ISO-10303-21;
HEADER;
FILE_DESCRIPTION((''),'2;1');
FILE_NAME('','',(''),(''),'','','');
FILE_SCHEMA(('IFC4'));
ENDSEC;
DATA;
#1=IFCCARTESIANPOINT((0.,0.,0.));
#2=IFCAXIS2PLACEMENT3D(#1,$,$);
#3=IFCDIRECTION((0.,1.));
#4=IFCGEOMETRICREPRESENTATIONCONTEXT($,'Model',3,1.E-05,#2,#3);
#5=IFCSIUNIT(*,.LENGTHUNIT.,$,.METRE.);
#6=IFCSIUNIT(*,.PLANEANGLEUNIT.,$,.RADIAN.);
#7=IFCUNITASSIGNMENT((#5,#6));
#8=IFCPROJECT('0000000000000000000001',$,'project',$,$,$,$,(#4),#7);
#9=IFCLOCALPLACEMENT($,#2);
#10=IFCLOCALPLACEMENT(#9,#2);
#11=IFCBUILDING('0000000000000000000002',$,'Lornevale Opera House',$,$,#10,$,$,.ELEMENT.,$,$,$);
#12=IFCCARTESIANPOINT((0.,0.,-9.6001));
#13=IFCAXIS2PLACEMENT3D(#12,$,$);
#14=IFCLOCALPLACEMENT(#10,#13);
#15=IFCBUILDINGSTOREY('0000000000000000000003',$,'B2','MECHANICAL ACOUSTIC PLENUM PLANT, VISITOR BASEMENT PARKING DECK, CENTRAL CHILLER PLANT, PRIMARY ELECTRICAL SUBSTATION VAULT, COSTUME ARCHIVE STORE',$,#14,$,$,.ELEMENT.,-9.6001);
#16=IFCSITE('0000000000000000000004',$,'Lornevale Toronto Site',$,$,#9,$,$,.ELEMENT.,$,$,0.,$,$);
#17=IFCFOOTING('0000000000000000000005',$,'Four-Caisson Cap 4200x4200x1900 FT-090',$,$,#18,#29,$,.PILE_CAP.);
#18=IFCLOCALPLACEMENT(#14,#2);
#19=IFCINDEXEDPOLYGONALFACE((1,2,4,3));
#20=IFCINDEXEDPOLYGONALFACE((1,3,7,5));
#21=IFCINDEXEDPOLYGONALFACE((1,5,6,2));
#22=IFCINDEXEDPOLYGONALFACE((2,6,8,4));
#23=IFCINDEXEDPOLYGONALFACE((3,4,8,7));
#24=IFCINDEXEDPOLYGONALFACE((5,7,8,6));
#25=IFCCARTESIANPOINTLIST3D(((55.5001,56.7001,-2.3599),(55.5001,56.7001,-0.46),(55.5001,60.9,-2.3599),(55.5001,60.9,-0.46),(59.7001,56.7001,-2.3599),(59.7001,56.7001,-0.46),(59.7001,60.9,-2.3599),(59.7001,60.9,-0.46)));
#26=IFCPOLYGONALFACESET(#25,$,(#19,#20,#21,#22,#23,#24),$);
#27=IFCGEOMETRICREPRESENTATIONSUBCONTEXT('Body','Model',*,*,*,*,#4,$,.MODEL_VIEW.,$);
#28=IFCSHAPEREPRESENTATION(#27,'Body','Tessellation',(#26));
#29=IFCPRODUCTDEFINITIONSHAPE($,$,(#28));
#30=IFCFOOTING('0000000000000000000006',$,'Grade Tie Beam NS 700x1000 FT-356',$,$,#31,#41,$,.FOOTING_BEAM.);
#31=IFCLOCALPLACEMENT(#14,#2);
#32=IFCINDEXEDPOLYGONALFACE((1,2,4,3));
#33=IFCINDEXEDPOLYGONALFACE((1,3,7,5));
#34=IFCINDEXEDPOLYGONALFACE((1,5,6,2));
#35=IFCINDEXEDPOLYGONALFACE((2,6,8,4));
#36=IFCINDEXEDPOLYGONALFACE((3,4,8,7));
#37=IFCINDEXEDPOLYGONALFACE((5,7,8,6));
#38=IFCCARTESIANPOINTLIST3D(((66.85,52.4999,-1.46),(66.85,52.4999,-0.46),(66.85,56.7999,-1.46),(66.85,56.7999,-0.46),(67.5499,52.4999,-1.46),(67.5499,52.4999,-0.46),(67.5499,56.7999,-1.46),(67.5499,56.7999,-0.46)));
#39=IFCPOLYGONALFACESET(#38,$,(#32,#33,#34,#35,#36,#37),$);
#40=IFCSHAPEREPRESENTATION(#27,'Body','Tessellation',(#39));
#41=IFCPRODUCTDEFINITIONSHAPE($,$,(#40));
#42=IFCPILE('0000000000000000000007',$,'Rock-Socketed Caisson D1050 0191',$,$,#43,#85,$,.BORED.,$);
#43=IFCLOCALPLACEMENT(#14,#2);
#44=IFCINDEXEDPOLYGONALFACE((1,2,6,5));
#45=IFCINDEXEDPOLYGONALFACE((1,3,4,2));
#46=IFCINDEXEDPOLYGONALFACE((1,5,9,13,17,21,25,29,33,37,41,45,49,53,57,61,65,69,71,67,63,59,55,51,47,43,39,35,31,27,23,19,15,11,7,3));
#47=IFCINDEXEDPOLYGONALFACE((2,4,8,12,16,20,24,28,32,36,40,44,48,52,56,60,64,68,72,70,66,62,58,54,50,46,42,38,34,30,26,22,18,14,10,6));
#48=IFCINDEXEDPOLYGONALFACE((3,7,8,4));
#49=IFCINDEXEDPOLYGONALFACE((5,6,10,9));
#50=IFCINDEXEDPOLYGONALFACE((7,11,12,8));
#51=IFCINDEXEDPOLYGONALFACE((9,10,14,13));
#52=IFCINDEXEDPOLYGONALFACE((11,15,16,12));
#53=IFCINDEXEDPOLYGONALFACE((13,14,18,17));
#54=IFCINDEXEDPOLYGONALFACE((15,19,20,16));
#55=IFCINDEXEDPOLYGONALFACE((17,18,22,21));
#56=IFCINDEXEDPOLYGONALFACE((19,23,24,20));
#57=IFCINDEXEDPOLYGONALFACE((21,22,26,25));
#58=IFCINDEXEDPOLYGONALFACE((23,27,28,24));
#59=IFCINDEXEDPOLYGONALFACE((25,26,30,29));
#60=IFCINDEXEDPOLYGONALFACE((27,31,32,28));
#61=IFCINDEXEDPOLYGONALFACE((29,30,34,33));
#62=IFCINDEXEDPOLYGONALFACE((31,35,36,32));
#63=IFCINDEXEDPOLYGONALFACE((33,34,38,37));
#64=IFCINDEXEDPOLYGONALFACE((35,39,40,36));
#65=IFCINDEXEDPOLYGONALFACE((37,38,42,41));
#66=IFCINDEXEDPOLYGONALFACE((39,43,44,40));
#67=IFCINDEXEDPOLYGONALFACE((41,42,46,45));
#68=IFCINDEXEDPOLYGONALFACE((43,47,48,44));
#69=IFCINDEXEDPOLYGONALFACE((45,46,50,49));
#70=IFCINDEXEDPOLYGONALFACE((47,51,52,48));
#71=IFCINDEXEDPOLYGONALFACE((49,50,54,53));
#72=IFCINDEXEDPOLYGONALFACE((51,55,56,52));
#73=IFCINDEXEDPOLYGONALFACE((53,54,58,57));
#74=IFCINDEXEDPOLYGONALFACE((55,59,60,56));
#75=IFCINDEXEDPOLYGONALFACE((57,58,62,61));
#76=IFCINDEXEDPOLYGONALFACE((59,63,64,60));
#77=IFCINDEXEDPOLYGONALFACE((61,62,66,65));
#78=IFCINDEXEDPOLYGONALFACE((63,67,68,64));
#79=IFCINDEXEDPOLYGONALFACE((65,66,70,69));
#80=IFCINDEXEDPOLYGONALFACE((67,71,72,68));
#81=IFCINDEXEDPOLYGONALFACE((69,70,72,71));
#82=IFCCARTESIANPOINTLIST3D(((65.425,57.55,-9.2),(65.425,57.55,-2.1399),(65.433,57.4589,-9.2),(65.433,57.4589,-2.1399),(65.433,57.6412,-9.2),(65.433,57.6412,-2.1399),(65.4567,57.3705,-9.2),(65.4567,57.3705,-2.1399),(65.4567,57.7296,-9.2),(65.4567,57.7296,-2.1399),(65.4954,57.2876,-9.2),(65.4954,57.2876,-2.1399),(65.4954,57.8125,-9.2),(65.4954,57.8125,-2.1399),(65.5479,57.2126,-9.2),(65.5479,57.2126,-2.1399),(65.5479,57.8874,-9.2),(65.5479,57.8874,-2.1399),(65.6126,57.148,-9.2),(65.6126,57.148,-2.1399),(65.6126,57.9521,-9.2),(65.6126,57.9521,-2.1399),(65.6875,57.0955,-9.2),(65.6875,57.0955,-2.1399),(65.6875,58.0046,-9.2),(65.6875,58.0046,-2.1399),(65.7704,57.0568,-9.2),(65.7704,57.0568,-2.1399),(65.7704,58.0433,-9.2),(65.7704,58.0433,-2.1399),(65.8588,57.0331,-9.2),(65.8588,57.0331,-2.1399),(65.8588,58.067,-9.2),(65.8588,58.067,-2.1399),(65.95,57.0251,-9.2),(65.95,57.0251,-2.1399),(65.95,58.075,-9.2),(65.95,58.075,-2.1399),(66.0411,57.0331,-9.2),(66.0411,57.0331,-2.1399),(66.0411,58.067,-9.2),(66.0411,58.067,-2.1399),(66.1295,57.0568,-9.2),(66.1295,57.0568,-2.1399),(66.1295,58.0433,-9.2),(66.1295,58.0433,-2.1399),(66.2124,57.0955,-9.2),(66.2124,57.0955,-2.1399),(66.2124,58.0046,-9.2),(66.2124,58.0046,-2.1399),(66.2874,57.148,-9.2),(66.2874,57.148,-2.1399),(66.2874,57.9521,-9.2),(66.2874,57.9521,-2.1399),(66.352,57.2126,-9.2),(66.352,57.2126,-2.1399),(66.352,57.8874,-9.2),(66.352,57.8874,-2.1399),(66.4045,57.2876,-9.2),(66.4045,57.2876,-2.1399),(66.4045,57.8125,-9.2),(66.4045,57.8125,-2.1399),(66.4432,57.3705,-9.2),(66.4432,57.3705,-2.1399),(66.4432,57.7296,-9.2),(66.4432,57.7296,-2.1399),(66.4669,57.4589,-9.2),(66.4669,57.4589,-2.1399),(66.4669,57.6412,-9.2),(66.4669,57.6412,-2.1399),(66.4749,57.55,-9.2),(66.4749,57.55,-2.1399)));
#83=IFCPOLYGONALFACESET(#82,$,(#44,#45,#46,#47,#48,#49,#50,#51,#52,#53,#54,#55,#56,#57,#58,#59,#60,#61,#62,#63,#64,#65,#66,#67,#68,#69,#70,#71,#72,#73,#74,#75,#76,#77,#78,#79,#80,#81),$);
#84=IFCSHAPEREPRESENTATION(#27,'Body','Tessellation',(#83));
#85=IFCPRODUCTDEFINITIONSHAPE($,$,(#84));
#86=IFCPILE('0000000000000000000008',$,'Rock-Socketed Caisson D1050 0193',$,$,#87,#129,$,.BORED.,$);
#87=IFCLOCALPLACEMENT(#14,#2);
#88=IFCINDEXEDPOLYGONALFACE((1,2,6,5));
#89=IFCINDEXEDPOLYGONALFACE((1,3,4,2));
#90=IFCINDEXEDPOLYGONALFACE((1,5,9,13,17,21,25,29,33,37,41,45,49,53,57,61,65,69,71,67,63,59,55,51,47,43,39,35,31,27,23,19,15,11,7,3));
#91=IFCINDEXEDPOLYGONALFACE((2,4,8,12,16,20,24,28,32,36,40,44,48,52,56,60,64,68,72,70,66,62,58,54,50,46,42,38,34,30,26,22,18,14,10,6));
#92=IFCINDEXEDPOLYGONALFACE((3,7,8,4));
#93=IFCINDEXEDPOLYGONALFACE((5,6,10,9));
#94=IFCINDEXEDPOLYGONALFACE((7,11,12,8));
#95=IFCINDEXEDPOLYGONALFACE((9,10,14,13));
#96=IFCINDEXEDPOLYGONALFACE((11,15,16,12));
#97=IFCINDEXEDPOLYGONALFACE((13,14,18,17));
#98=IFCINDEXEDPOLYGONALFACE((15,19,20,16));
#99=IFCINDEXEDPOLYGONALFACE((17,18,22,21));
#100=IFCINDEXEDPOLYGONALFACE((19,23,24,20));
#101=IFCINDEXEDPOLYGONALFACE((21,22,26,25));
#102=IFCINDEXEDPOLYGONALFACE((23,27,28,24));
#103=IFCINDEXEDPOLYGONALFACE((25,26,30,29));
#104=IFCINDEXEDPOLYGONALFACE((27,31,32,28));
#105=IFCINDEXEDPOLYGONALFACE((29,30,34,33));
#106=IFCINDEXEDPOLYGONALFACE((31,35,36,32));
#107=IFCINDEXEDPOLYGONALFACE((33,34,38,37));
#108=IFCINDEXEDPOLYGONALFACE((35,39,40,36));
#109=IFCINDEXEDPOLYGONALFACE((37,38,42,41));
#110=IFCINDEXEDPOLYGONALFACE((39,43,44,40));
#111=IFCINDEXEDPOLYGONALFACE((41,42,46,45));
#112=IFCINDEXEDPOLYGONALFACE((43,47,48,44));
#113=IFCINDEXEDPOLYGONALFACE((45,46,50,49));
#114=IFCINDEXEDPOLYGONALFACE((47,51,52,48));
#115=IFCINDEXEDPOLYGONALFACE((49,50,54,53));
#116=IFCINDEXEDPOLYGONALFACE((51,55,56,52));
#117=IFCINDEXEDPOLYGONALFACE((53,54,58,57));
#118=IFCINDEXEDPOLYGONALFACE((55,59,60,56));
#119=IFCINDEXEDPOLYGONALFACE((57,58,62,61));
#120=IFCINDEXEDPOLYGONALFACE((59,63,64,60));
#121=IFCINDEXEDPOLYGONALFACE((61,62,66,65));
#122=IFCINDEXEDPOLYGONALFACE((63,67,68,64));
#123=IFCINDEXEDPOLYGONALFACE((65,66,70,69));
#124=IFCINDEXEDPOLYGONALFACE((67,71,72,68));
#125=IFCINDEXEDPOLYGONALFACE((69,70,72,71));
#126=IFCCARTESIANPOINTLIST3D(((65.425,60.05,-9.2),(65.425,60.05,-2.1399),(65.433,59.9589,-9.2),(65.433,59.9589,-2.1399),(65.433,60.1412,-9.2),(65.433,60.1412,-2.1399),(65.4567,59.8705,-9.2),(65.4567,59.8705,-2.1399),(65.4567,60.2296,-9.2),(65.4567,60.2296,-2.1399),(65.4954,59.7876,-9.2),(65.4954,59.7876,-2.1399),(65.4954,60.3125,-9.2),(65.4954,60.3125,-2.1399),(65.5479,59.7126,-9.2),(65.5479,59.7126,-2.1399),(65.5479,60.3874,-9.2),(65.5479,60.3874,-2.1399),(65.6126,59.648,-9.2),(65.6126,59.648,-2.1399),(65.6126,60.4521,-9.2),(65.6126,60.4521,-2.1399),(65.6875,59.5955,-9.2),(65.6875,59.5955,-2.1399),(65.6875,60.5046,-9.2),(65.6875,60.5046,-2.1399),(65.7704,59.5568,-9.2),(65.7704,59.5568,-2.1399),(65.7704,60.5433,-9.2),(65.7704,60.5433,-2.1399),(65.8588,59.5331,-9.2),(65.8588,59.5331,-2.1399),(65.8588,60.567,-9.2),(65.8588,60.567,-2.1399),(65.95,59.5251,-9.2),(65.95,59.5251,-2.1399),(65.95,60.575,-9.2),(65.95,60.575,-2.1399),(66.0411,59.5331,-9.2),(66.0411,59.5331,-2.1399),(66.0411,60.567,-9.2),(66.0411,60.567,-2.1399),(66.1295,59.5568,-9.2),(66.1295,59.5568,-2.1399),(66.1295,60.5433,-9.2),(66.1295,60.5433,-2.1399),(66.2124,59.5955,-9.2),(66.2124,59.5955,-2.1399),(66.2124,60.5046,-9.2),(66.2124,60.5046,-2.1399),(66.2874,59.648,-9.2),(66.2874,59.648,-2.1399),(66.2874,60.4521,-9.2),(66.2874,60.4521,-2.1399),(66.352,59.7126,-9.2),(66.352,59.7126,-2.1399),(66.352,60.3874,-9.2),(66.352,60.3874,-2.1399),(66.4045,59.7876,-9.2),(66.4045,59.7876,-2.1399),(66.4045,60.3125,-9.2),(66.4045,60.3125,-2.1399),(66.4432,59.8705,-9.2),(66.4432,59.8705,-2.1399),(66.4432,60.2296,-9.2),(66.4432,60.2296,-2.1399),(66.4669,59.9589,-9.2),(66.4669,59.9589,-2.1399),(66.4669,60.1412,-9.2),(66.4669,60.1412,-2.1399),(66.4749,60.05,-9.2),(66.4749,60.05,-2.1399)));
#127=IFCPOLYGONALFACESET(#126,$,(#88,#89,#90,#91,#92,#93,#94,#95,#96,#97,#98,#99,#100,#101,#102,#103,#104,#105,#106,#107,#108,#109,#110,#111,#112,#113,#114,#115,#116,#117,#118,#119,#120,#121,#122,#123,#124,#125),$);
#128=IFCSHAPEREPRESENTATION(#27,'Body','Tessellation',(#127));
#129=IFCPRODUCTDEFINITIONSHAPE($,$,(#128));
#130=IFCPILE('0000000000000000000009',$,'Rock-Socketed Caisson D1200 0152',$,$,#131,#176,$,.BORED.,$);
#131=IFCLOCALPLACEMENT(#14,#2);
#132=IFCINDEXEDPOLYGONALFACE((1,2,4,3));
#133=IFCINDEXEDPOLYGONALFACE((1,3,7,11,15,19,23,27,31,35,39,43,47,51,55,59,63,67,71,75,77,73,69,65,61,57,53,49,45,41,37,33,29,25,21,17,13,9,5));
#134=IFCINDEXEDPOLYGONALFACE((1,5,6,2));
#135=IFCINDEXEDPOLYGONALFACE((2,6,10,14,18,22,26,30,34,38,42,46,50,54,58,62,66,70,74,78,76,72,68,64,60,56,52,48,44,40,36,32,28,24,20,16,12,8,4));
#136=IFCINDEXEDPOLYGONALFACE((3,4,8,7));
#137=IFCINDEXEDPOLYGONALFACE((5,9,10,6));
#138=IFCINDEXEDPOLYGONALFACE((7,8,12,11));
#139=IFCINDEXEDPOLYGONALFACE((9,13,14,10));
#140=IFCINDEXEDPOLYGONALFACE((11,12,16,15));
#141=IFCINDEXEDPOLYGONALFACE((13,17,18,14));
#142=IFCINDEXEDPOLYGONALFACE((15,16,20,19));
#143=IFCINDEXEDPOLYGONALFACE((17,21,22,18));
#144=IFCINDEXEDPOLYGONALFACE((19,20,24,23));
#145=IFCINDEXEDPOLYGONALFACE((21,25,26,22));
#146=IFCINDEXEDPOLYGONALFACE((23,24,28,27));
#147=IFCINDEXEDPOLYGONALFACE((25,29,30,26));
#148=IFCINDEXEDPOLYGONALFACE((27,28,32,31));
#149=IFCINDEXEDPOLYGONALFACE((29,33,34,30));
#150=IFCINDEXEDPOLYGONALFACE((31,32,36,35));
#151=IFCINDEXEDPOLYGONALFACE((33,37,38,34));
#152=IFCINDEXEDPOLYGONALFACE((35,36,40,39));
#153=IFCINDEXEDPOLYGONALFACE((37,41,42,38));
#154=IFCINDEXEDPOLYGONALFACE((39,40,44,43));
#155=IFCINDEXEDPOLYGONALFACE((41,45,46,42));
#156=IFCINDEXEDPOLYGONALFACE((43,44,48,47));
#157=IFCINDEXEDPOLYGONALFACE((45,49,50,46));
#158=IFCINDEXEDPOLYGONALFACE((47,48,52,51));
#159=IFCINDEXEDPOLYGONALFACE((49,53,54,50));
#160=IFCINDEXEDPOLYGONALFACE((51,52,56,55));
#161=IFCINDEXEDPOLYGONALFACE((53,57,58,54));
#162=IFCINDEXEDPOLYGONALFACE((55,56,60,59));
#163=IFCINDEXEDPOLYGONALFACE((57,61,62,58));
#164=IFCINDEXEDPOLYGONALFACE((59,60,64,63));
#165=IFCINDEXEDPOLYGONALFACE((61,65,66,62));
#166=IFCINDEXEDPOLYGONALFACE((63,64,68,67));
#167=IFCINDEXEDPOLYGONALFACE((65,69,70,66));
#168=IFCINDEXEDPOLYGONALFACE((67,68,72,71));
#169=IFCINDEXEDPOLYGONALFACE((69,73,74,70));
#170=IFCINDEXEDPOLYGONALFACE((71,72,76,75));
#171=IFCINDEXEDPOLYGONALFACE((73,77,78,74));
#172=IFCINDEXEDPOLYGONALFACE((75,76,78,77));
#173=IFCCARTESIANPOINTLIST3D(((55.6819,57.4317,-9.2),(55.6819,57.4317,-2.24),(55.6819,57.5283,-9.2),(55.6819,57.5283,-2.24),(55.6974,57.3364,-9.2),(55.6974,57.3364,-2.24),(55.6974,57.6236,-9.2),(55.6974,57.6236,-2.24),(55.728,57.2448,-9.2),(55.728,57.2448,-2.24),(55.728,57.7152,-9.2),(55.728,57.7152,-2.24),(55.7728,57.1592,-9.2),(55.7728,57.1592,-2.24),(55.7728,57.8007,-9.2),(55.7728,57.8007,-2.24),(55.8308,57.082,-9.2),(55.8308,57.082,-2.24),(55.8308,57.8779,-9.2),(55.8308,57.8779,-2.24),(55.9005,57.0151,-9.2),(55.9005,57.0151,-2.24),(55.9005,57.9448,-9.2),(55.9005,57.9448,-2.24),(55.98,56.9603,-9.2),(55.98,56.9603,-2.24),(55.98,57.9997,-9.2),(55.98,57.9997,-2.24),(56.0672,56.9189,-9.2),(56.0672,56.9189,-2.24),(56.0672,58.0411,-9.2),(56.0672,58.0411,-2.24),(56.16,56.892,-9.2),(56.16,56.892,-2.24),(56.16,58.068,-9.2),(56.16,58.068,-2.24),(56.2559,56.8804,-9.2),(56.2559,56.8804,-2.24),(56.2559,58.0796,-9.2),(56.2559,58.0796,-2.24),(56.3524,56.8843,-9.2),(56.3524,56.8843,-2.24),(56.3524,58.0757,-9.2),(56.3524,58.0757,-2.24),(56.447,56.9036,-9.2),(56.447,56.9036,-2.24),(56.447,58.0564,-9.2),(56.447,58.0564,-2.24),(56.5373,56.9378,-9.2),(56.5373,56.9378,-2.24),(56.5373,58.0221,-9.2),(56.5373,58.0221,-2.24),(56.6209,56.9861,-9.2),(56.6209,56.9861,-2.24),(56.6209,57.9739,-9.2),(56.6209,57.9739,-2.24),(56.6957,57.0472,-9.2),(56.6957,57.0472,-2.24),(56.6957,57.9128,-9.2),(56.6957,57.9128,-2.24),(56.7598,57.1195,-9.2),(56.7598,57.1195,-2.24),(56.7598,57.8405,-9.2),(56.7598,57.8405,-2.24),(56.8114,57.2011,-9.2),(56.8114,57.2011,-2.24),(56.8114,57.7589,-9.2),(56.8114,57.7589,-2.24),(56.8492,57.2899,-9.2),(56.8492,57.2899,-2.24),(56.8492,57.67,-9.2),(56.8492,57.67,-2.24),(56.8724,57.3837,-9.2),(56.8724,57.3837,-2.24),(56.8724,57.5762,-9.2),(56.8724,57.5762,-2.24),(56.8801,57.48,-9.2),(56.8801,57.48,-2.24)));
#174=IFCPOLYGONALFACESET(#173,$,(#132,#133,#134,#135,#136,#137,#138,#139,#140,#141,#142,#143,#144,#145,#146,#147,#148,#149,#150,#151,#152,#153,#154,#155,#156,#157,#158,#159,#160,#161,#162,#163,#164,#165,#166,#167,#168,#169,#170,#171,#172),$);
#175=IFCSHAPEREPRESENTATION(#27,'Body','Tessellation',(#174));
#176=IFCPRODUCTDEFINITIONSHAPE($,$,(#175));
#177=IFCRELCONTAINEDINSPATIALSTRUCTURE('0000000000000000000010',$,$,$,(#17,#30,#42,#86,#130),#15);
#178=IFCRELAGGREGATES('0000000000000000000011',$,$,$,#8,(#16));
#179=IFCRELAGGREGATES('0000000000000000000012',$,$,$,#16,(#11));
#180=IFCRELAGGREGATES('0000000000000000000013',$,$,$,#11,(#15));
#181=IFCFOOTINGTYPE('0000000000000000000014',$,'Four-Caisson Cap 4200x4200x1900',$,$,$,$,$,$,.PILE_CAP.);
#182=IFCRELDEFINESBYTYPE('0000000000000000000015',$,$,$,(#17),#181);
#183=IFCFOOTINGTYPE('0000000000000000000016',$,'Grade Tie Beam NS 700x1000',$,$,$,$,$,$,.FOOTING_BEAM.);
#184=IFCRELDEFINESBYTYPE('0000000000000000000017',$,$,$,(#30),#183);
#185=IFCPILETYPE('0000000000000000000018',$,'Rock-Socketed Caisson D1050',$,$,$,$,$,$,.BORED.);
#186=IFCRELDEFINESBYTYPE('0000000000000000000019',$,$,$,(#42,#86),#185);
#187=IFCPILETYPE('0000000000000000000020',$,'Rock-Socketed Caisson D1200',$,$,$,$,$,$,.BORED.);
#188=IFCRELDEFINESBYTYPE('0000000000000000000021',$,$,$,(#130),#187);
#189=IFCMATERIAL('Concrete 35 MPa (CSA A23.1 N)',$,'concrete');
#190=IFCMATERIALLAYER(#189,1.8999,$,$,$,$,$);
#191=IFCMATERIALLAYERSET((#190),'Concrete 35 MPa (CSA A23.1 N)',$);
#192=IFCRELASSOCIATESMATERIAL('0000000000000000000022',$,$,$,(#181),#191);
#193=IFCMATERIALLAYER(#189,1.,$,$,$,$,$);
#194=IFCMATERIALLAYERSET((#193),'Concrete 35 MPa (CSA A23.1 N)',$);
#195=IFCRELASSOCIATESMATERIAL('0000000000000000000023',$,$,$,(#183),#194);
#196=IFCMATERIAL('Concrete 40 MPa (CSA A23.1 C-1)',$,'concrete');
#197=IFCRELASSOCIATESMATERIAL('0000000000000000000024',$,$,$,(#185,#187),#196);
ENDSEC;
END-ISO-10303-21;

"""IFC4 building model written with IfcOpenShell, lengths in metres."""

from ifc_helpers import new_model, si_unit, direction, frame, origin, origin_2d, place, context, subcontext, project, spatial, rectangle, circle, extrude, material, layer, layer_set, material_profile, profile_set, type_object, element, save


model = new_model("IFC4")

# Units and contexts
model_context = context("Model", 3, precision=1e-05, world=origin(), true_north=direction((0.0, 1.0)))
body_context = subcontext(model_context, "Body", "Model", "MODEL_VIEW")
ifc_project = project(units=[si_unit("LENGTHUNIT", "METRE"), si_unit("PLANEANGLEUNIT", "RADIAN")], contexts=[model_context])

# Site, building, storey
site_placement = place(None, origin())
site = spatial("IfcSite", under=ifc_project, at=site_placement, Name="Lornevale Toronto Site", CompositionType="ELEMENT", RefElevation=0.0)
building_placement = place(site_placement, origin())
building = spatial("IfcBuilding", under=site, at=building_placement, Name="Lornevale Opera House", CompositionType="ELEMENT")
storey_placement = place(building_placement, frame((0.0, 0.0, -9.6001)))
storey = spatial("IfcBuildingStorey", under=building, at=storey_placement, Name="B2", Description="MECHANICAL ACOUSTIC PLENUM PLANT, VISITOR BASEMENT PARKING DECK, CENTRAL CHILLER PLANT, PRIMARY ELECTRICAL SUBSTATION VAULT, COSTUME ARCHIVE STORE", CompositionType="ELEMENT", Elevation=-9.6001)

# Footings
ifc_material_1 = material(Name="Concrete 35 MPa (CSA A23.1 N)", Category="concrete")
ifc_layer_1 = layer(ifc_material_1, 1.8999)
ifc_layer_set_1 = layer_set([ifc_layer_1], Name="Concrete 35 MPa (CSA A23.1 N)")
footing_type_1 = type_object("IfcFootingType", Name="Four-Caisson Cap 4200x4200x1900", PredefinedType="PILE_CAP", material=ifc_layer_set_1)
footing_1_placement = place(storey_placement, frame((57.6001, 58.8, -2.3599), z_axis=(0.0, 0.0, 1.0), x_axis=(1.0, 0.0, 0.0)))
element("IfcFooting", 1, at=footing_1_placement, inside=storey, type_object=footing_type_1, Name="Four-Caisson Cap 4200x4200x1900 FT-090", PredefinedType="PILE_CAP", context=body_context, shape_type="SweptSolid", body=[
    extrude(rectangle(XDim=4.2, YDim=4.2, at=origin_2d()), origin(), (0.0, 0.0, 1.0), 1.8999),
])
ifc_layer_2 = layer(ifc_material_1, 1.0)
ifc_layer_set_2 = layer_set([ifc_layer_2], Name="Concrete 35 MPa (CSA A23.1 N)")
footing_type_2 = type_object("IfcFootingType", Name="Grade Tie Beam NS 700x1000", PredefinedType="FOOTING_BEAM", material=ifc_layer_set_2)
footing_2_placement = place(storey_placement, frame((67.2, 54.6499, -1.46), z_axis=(0.0, 0.0, 1.0), x_axis=(1.0, 0.0, 0.0)))
element("IfcFooting", 2, at=footing_2_placement, inside=storey, type_object=footing_type_2, Name="Grade Tie Beam NS 700x1000 FT-356", PredefinedType="FOOTING_BEAM", context=body_context, shape_type="SweptSolid", body=[
    extrude(rectangle(XDim=0.7, YDim=4.3, at=origin_2d()), origin(), (0.0, 0.0, 1.0), 1.0),
])

# Piles
ifc_material_2 = material(Name="Concrete 40 MPa (CSA A23.1 C-1)", Category="concrete")
ifc_material_profile_1 = material_profile(ifc_material_2, circle(Radius=0.5249, at=origin_2d()), Name="CAIS1050")
ifc_profile_set_1 = profile_set([ifc_material_profile_1], Name="Concrete 40 MPa (CSA A23.1 C-1)")
pile_type_1 = type_object("IfcPileType", Name="Rock-Socketed Caisson D1050", PredefinedType="BORED", material=ifc_profile_set_1)
for number, where, z_axis, x_axis, name in (
    (3, (65.95, 57.55, -2.1399), (0.0, 0.0, -1.0), (1.0, 0.0, 0.0), "Rock-Socketed Caisson D1050 0191"),
    (4, (65.95, 60.05, -2.1399), (0.0, 0.0, -1.0), (1.0, 0.0, 0.0), "Rock-Socketed Caisson D1050 0193"),
):
    element("IfcPile", number, at=place(storey_placement, frame(where, z_axis=z_axis, x_axis=x_axis)), inside=storey, type_object=pile_type_1, Name=name, PredefinedType="BORED", context=body_context, shape_type="SweptSolid", body=[
        extrude(circle(Radius=0.5249, at=origin_2d()), origin(), (0.0, 0.0, 1.0), 7.0601),
    ])
ifc_material_profile_2 = material_profile(ifc_material_2, circle(Radius=0.6001, at=origin_2d()), Name="CAIS1200")
ifc_profile_set_2 = profile_set([ifc_material_profile_2], Name="Concrete 40 MPa (CSA A23.1 C-1)")
pile_type_2 = type_object("IfcPileType", Name="Rock-Socketed Caisson D1200", PredefinedType="BORED", material=ifc_profile_set_2)
for number, where, z_axis, x_axis, name in (
    (5, (56.28, 57.48, -2.24), (0.0, 0.0, -1.0), (1.0, 0.0, 0.0), "Rock-Socketed Caisson D1200 0152"),
):
    element("IfcPile", number, at=place(storey_placement, frame(where, z_axis=z_axis, x_axis=x_axis)), inside=storey, type_object=pile_type_2, Name=name, PredefinedType="BORED", context=body_context, shape_type="SweptSolid", body=[
        extrude(circle(Radius=0.6001, at=origin_2d()), origin(), (0.0, 0.0, 1.0), 6.96),
    ])

save(model, "model.ifc")
